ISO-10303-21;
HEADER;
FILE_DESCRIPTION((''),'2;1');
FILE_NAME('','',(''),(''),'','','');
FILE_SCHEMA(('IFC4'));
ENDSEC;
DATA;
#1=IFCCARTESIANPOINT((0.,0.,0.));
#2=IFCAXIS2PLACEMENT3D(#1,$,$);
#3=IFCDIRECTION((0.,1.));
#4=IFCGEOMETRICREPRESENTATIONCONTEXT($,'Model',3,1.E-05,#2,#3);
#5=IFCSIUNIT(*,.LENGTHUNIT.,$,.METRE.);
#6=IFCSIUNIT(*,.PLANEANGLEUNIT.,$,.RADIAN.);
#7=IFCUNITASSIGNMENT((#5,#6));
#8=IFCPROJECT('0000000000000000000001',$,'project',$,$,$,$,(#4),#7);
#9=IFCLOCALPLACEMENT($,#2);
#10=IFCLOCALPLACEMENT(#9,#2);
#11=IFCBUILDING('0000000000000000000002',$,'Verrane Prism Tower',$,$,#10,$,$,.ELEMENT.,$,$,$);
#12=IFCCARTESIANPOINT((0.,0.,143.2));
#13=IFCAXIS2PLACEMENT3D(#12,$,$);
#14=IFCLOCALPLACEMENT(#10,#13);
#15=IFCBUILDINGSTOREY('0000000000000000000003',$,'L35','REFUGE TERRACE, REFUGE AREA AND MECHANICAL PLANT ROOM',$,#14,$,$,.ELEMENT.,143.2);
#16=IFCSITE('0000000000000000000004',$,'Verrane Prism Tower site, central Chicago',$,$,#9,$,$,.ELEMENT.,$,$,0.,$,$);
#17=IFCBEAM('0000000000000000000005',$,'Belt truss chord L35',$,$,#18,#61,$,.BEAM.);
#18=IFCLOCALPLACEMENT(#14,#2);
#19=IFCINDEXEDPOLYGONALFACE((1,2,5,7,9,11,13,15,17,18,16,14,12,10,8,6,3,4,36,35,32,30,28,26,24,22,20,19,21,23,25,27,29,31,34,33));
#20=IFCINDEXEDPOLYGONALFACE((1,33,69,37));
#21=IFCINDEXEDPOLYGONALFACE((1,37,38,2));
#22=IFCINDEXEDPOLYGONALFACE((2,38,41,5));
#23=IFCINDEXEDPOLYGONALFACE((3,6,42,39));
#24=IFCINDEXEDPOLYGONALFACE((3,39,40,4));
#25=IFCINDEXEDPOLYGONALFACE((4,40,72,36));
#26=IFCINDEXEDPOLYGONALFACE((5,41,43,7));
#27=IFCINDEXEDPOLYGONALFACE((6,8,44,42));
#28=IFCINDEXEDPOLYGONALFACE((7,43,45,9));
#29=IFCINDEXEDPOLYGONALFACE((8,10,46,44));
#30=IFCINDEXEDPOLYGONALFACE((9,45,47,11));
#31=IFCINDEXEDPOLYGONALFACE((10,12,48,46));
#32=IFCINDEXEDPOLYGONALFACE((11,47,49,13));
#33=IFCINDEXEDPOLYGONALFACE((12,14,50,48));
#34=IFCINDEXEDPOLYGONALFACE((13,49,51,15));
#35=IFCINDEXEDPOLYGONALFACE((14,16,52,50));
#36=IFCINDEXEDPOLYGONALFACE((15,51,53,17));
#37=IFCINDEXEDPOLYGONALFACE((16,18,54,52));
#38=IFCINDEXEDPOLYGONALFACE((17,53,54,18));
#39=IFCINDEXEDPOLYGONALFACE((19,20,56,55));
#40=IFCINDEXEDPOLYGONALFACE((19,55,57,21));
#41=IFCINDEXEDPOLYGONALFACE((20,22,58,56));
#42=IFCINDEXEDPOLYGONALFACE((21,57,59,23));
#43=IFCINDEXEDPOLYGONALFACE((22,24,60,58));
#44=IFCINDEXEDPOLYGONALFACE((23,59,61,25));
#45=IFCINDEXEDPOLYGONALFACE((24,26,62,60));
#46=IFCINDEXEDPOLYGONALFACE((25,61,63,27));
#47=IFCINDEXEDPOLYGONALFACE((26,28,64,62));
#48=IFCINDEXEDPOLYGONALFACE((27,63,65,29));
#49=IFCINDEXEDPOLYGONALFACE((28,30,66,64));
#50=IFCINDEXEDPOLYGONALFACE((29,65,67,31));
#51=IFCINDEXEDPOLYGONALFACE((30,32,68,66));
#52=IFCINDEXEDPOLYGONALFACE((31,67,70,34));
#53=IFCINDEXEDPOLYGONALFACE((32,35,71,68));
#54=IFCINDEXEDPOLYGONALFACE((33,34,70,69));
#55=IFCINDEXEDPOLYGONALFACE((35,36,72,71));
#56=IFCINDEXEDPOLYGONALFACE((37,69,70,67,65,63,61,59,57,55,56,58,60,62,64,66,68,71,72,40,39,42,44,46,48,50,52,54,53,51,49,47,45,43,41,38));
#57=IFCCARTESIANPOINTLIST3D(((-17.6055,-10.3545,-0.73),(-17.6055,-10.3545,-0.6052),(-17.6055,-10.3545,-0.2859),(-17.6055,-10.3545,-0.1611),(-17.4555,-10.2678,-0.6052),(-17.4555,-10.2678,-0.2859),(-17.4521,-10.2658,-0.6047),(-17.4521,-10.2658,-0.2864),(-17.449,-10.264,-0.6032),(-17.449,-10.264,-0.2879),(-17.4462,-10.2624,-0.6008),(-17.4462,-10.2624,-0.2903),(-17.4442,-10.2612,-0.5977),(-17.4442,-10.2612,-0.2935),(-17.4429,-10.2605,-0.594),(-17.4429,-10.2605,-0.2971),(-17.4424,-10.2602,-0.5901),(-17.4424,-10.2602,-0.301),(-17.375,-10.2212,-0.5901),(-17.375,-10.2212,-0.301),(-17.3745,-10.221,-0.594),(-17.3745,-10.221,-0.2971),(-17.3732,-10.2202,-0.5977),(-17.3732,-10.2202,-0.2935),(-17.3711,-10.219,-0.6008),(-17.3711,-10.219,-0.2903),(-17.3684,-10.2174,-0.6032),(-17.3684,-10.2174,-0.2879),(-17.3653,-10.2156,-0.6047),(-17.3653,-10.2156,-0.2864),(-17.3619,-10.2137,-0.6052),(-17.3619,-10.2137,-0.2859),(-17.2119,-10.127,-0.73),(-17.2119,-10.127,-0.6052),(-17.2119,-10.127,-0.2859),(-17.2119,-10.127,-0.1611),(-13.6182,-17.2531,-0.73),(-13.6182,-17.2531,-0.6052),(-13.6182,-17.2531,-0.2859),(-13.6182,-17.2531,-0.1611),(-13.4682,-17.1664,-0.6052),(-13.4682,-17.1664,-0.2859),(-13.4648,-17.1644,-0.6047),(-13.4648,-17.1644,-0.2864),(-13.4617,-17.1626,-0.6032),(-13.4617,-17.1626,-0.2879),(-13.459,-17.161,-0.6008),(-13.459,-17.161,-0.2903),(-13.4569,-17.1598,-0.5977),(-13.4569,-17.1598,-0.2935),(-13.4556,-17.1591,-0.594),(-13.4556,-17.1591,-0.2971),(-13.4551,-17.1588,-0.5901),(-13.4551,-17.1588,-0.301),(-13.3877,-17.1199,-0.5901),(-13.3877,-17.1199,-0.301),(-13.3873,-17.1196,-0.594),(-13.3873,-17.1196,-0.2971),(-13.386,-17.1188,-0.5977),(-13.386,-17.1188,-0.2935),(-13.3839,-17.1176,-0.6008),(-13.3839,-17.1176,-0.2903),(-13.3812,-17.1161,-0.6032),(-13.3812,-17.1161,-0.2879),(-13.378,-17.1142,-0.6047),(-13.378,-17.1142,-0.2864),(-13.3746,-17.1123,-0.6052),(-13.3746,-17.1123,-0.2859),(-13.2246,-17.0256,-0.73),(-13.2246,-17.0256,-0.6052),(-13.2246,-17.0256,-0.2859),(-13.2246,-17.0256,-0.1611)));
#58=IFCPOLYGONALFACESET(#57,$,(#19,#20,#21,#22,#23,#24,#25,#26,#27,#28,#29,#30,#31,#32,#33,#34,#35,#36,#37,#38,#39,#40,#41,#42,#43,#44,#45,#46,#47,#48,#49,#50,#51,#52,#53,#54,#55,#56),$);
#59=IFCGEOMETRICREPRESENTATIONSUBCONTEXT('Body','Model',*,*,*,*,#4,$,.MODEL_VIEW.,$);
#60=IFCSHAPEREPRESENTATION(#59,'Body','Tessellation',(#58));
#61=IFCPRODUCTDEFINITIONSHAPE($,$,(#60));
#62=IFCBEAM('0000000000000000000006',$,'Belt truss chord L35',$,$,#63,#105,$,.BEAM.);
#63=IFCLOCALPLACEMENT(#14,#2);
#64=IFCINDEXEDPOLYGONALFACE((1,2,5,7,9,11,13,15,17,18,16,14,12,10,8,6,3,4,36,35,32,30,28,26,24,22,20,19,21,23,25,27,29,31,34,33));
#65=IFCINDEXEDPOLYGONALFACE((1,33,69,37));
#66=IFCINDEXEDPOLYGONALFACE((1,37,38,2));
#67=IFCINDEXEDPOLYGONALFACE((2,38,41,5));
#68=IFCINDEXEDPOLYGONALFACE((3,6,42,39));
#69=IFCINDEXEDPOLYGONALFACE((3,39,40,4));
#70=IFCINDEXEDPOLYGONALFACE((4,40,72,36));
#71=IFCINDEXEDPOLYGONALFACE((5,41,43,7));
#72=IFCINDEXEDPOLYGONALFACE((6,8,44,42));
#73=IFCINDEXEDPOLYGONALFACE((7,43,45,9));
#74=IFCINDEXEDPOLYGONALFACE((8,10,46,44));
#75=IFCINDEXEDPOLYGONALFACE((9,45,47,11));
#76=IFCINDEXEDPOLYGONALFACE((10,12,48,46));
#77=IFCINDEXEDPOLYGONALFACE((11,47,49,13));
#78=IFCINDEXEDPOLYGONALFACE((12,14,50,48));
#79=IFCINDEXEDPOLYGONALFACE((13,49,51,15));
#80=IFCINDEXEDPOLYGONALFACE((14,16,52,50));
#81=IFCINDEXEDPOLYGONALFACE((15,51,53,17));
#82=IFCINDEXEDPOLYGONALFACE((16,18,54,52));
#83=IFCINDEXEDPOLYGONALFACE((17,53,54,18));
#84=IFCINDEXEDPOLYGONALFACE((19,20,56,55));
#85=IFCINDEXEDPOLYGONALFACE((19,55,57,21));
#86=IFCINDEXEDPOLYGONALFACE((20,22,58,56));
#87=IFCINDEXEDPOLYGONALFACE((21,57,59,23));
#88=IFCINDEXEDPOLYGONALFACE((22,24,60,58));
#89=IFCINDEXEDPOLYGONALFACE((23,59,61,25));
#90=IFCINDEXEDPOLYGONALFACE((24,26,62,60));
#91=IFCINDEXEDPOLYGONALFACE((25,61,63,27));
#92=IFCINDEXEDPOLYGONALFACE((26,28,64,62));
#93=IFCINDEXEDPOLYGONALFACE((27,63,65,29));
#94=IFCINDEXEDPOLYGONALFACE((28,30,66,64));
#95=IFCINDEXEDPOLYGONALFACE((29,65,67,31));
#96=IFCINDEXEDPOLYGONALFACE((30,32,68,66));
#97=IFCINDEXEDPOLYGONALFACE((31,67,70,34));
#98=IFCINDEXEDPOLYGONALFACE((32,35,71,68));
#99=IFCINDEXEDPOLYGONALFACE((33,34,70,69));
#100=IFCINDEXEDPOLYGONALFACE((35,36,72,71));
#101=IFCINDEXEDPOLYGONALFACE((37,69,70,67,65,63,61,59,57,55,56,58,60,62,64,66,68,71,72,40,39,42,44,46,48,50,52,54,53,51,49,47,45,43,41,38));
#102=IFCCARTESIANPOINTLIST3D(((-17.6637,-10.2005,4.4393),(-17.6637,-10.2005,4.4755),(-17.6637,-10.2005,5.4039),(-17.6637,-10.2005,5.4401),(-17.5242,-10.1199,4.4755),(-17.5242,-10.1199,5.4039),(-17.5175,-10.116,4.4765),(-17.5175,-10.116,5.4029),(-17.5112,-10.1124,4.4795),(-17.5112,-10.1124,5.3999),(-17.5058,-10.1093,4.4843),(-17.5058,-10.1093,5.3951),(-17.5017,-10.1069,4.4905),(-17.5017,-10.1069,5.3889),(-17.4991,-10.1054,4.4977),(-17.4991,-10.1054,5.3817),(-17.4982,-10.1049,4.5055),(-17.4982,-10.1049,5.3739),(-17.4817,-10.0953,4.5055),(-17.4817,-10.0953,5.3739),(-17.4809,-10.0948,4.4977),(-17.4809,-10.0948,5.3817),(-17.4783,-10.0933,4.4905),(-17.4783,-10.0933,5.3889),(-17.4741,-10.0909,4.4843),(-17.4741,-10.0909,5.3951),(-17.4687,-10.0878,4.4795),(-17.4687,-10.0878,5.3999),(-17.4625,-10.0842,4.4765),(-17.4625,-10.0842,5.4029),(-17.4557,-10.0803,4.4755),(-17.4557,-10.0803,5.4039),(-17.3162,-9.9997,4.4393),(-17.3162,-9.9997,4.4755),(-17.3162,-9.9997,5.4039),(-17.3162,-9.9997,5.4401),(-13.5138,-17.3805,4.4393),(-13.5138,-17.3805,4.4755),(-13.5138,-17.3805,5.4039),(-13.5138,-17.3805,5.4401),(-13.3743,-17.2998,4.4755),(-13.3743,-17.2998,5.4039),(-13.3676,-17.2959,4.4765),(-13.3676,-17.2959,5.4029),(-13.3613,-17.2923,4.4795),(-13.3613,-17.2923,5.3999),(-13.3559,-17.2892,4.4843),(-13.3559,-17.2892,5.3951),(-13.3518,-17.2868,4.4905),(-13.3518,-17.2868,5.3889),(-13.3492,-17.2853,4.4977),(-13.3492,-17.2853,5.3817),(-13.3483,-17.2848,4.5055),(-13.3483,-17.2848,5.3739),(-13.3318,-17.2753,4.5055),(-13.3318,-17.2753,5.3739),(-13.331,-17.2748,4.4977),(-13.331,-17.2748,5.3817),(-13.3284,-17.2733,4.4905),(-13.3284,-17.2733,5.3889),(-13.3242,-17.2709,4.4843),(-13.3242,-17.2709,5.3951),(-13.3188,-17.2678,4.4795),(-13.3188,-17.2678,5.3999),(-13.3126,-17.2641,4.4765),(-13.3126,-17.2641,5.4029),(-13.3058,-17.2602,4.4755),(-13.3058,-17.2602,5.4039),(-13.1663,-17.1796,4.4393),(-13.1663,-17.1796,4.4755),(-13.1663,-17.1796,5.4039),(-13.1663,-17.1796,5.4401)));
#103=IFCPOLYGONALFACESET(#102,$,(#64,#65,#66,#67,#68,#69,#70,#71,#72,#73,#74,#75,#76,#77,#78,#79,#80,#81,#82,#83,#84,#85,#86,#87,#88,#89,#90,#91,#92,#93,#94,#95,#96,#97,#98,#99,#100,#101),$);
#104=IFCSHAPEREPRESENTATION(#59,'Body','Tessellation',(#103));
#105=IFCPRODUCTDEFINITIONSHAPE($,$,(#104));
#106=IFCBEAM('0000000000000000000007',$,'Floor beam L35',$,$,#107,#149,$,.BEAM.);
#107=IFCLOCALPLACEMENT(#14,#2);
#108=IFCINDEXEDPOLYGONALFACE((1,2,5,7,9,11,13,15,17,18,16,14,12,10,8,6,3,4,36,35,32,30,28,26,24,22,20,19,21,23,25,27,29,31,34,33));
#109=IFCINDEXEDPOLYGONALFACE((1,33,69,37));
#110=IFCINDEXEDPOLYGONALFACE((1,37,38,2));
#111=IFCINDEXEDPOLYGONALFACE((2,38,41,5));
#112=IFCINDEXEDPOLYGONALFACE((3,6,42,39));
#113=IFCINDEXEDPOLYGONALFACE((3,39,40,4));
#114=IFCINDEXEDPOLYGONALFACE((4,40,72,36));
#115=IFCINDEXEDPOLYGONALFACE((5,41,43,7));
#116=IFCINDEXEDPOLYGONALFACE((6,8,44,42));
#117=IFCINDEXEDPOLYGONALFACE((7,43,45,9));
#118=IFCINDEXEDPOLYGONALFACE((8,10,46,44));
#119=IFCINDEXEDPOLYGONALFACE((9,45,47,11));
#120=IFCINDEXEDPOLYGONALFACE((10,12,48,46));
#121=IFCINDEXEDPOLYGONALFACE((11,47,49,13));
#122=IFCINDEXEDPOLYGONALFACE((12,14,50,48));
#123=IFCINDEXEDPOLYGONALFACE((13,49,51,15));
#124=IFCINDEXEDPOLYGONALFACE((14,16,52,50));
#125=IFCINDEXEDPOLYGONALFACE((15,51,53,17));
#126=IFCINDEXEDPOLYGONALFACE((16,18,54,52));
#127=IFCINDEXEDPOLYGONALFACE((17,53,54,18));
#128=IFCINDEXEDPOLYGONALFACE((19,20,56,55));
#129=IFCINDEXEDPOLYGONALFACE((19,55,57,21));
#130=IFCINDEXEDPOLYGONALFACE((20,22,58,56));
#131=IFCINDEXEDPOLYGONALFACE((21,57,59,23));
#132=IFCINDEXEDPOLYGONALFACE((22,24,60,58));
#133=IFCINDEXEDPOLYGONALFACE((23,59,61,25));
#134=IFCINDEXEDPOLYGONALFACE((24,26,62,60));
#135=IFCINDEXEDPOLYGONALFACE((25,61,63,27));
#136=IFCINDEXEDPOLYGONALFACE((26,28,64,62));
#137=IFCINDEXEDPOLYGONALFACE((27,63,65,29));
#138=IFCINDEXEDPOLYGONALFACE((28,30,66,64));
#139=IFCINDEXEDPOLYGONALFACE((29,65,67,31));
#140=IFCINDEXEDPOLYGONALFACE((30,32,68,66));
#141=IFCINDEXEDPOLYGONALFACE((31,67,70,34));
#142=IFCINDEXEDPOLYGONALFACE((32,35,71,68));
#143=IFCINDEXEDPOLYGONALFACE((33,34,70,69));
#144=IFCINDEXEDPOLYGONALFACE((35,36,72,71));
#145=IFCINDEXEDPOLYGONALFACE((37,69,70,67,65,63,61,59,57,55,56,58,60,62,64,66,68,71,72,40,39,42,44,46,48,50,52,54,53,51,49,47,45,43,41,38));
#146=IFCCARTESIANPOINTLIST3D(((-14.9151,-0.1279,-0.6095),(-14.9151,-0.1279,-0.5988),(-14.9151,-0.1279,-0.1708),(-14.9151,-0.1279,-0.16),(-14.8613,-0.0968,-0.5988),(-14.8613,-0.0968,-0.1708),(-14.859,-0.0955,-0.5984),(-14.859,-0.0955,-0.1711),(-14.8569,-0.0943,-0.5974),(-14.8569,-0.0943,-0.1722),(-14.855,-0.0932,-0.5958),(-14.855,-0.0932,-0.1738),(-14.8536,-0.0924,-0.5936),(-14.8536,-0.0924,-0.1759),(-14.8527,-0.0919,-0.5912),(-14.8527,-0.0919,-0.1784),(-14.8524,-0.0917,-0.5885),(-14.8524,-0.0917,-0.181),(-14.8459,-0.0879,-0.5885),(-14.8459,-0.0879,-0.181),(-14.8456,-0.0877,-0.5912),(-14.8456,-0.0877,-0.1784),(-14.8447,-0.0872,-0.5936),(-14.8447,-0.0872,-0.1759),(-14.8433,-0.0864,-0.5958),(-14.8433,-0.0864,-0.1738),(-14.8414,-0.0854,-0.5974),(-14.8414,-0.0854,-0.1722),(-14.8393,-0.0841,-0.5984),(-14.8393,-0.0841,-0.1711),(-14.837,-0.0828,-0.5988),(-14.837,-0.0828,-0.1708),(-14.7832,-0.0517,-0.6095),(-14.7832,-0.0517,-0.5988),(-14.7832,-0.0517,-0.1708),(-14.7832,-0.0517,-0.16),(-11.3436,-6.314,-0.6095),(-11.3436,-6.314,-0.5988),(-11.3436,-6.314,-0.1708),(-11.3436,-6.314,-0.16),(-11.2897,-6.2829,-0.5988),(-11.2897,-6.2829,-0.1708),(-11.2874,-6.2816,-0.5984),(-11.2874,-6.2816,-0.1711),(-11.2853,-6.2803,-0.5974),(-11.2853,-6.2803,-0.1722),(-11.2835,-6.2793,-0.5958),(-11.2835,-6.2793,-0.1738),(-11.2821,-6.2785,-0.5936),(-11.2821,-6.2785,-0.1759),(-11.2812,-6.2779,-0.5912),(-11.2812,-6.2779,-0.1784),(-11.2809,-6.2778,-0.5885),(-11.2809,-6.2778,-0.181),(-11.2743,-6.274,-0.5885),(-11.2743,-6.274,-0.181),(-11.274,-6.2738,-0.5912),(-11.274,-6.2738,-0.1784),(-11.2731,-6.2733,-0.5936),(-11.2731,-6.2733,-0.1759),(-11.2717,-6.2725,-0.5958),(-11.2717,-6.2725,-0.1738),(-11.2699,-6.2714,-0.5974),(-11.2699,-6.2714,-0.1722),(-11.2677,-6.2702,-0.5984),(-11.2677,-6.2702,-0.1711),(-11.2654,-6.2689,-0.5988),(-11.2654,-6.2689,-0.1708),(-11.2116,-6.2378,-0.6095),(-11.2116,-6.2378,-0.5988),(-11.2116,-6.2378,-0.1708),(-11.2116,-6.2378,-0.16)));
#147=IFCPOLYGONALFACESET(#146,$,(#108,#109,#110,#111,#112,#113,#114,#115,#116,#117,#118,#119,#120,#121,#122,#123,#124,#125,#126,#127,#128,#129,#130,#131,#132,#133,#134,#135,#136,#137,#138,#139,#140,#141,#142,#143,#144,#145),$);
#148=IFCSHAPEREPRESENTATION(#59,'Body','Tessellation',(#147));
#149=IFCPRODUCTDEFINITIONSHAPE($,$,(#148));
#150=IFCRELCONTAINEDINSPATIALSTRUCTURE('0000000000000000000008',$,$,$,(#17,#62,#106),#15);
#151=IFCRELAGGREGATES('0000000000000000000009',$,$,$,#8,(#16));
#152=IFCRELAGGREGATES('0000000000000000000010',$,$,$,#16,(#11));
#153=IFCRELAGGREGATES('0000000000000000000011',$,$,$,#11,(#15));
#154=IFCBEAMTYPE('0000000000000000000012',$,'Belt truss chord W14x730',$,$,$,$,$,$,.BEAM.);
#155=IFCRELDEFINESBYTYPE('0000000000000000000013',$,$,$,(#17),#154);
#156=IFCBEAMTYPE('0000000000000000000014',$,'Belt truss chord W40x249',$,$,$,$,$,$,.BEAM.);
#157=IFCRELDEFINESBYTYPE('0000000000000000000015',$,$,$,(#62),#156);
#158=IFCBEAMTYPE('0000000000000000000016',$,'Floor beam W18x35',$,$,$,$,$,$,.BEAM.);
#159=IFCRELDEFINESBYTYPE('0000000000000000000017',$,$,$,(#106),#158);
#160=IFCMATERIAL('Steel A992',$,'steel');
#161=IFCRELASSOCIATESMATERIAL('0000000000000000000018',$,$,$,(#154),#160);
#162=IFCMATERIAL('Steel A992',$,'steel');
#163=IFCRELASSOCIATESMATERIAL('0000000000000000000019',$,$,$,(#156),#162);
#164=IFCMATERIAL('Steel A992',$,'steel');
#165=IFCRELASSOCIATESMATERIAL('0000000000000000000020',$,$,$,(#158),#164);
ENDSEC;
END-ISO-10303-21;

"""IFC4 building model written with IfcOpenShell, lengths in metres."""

from ifc_helpers import new_model, si_unit, direction, frame, origin, origin_2d, place, context, subcontext, project, spatial, i_section, extrude, material, material_profile, profile_set, type_object, element, save


model = new_model("IFC4")

# Units and contexts
model_context = context("Model", 3, precision=1e-05, world=origin(), true_north=direction((0.0, 1.0)))
body_context = subcontext(model_context, "Body", "Model", "MODEL_VIEW")
ifc_project = project(units=[si_unit("LENGTHUNIT", "METRE"), si_unit("PLANEANGLEUNIT", "RADIAN")], contexts=[model_context])

# Site, building, storey
site_placement = place(None, origin())
site = spatial("IfcSite", under=ifc_project, at=site_placement, Name="Verrane Prism Tower site, central Chicago", CompositionType="ELEMENT", RefElevation=0.0)
building_placement = place(site_placement, origin())
building = spatial("IfcBuilding", under=site, at=building_placement, Name="Verrane Prism Tower", CompositionType="ELEMENT")
storey_placement = place(building_placement, frame((0.0, 0.0, 143.2)))
storey = spatial("IfcBuildingStorey", under=building, at=storey_placement, Name="L35", Description="REFUGE TERRACE, REFUGE AREA AND MECHANICAL PLANT ROOM", CompositionType="ELEMENT", Elevation=143.2)

# Beams
ifc_material_1 = material(Name="Steel A992", Category="steel")
ifc_material_profile_1 = material_profile(ifc_material_1, i_section(OverallWidth=0.4546, OverallDepth=0.5688, WebThickness=0.0779, FlangeThickness=0.1248, FilletRadius=0.0151, at=origin_2d()), Name="W14x730")
ifc_profile_set_1 = profile_set([ifc_material_profile_1], Name="Steel A992")
beam_type_1 = type_object("IfcBeamType", Name="Belt truss chord W14x730", PredefinedType="BEAM", material=ifc_profile_set_1)
beam_1_placement = place(storey_placement, frame((-17.4087, -10.2407, -0.4456), z_axis=(0.500409, -0.865789, 0.0), x_axis=(0.865789, 0.500409, 0.0)))
element("IfcBeam", 1, at=beam_1_placement, inside=storey, type_object=beam_type_1, Name="Belt truss chord L35", PredefinedType="BEAM", context=body_context, shape_type="SweptSolid", body=[
    extrude(i_section(OverallWidth=0.4546, OverallDepth=0.5688, WebThickness=0.0779, FlangeThickness=0.1248, FilletRadius=0.0151, at=origin_2d()), origin(), (0.0, 0.0, 1.0), 7.968),
])
ifc_material_2 = material(Name="Steel A992", Category="steel")
ifc_material_profile_2 = material_profile(ifc_material_2, i_section(OverallWidth=0.4014, OverallDepth=1.0007, WebThickness=0.019, FlangeThickness=0.0361, FilletRadius=0.03, at=origin_2d()), Name="W40x249")
ifc_profile_set_2 = profile_set([ifc_material_profile_2], Name="Steel A992")
beam_type_2 = type_object("IfcBeamType", Name="Belt truss chord W40x249", PredefinedType="BEAM", material=ifc_profile_set_2)
beam_2_placement = place(storey_placement, frame((-17.49, -10.1001, 4.9397), z_axis=(0.500413, -0.865787, 0.0), x_axis=(0.865787, 0.500413, 0.0)))
element("IfcBeam", 2, at=beam_2_placement, inside=storey, type_object=beam_type_2, Name="Belt truss chord L35", PredefinedType="BEAM", context=body_context, shape_type="SweptSolid", body=[
    extrude(i_section(OverallWidth=0.4014, OverallDepth=1.0007, WebThickness=0.019, FlangeThickness=0.0361, FilletRadius=0.03, at=origin_2d()), origin(), (0.0, 0.0, 1.0), 8.293),
])
ifc_material_3 = material(Name="Steel A992", Category="steel")
ifc_material_profile_3 = material_profile(ifc_material_3, i_section(OverallWidth=0.1523, OverallDepth=0.4495, WebThickness=0.0076, FlangeThickness=0.0107, FilletRadius=0.0103, at=origin_2d()), Name="W18x35")
ifc_profile_set_3 = profile_set([ifc_material_profile_3], Name="Steel A992")
beam_type_3 = type_object("IfcBeamType", Name="Floor beam W18x35", PredefinedType="BEAM", material=ifc_profile_set_3)
beam_3_placement = place(storey_placement, frame((-11.2776, -6.2759, -0.3848), z_axis=(-0.500003, 0.866024, 0.0), x_axis=(-0.866024, -0.500003, 0.0)))
element("IfcBeam", 3, at=beam_3_placement, inside=storey, type_object=beam_type_3, Name="Floor beam L35", PredefinedType="BEAM", context=body_context, shape_type="SweptSolid", body=[
    extrude(i_section(OverallWidth=0.1523, OverallDepth=0.4495, WebThickness=0.0076, FlangeThickness=0.0107, FilletRadius=0.0103, at=origin_2d()), origin(), (0.0, 0.0, 1.0), 7.1431),
])

save(model, "model.ifc")
